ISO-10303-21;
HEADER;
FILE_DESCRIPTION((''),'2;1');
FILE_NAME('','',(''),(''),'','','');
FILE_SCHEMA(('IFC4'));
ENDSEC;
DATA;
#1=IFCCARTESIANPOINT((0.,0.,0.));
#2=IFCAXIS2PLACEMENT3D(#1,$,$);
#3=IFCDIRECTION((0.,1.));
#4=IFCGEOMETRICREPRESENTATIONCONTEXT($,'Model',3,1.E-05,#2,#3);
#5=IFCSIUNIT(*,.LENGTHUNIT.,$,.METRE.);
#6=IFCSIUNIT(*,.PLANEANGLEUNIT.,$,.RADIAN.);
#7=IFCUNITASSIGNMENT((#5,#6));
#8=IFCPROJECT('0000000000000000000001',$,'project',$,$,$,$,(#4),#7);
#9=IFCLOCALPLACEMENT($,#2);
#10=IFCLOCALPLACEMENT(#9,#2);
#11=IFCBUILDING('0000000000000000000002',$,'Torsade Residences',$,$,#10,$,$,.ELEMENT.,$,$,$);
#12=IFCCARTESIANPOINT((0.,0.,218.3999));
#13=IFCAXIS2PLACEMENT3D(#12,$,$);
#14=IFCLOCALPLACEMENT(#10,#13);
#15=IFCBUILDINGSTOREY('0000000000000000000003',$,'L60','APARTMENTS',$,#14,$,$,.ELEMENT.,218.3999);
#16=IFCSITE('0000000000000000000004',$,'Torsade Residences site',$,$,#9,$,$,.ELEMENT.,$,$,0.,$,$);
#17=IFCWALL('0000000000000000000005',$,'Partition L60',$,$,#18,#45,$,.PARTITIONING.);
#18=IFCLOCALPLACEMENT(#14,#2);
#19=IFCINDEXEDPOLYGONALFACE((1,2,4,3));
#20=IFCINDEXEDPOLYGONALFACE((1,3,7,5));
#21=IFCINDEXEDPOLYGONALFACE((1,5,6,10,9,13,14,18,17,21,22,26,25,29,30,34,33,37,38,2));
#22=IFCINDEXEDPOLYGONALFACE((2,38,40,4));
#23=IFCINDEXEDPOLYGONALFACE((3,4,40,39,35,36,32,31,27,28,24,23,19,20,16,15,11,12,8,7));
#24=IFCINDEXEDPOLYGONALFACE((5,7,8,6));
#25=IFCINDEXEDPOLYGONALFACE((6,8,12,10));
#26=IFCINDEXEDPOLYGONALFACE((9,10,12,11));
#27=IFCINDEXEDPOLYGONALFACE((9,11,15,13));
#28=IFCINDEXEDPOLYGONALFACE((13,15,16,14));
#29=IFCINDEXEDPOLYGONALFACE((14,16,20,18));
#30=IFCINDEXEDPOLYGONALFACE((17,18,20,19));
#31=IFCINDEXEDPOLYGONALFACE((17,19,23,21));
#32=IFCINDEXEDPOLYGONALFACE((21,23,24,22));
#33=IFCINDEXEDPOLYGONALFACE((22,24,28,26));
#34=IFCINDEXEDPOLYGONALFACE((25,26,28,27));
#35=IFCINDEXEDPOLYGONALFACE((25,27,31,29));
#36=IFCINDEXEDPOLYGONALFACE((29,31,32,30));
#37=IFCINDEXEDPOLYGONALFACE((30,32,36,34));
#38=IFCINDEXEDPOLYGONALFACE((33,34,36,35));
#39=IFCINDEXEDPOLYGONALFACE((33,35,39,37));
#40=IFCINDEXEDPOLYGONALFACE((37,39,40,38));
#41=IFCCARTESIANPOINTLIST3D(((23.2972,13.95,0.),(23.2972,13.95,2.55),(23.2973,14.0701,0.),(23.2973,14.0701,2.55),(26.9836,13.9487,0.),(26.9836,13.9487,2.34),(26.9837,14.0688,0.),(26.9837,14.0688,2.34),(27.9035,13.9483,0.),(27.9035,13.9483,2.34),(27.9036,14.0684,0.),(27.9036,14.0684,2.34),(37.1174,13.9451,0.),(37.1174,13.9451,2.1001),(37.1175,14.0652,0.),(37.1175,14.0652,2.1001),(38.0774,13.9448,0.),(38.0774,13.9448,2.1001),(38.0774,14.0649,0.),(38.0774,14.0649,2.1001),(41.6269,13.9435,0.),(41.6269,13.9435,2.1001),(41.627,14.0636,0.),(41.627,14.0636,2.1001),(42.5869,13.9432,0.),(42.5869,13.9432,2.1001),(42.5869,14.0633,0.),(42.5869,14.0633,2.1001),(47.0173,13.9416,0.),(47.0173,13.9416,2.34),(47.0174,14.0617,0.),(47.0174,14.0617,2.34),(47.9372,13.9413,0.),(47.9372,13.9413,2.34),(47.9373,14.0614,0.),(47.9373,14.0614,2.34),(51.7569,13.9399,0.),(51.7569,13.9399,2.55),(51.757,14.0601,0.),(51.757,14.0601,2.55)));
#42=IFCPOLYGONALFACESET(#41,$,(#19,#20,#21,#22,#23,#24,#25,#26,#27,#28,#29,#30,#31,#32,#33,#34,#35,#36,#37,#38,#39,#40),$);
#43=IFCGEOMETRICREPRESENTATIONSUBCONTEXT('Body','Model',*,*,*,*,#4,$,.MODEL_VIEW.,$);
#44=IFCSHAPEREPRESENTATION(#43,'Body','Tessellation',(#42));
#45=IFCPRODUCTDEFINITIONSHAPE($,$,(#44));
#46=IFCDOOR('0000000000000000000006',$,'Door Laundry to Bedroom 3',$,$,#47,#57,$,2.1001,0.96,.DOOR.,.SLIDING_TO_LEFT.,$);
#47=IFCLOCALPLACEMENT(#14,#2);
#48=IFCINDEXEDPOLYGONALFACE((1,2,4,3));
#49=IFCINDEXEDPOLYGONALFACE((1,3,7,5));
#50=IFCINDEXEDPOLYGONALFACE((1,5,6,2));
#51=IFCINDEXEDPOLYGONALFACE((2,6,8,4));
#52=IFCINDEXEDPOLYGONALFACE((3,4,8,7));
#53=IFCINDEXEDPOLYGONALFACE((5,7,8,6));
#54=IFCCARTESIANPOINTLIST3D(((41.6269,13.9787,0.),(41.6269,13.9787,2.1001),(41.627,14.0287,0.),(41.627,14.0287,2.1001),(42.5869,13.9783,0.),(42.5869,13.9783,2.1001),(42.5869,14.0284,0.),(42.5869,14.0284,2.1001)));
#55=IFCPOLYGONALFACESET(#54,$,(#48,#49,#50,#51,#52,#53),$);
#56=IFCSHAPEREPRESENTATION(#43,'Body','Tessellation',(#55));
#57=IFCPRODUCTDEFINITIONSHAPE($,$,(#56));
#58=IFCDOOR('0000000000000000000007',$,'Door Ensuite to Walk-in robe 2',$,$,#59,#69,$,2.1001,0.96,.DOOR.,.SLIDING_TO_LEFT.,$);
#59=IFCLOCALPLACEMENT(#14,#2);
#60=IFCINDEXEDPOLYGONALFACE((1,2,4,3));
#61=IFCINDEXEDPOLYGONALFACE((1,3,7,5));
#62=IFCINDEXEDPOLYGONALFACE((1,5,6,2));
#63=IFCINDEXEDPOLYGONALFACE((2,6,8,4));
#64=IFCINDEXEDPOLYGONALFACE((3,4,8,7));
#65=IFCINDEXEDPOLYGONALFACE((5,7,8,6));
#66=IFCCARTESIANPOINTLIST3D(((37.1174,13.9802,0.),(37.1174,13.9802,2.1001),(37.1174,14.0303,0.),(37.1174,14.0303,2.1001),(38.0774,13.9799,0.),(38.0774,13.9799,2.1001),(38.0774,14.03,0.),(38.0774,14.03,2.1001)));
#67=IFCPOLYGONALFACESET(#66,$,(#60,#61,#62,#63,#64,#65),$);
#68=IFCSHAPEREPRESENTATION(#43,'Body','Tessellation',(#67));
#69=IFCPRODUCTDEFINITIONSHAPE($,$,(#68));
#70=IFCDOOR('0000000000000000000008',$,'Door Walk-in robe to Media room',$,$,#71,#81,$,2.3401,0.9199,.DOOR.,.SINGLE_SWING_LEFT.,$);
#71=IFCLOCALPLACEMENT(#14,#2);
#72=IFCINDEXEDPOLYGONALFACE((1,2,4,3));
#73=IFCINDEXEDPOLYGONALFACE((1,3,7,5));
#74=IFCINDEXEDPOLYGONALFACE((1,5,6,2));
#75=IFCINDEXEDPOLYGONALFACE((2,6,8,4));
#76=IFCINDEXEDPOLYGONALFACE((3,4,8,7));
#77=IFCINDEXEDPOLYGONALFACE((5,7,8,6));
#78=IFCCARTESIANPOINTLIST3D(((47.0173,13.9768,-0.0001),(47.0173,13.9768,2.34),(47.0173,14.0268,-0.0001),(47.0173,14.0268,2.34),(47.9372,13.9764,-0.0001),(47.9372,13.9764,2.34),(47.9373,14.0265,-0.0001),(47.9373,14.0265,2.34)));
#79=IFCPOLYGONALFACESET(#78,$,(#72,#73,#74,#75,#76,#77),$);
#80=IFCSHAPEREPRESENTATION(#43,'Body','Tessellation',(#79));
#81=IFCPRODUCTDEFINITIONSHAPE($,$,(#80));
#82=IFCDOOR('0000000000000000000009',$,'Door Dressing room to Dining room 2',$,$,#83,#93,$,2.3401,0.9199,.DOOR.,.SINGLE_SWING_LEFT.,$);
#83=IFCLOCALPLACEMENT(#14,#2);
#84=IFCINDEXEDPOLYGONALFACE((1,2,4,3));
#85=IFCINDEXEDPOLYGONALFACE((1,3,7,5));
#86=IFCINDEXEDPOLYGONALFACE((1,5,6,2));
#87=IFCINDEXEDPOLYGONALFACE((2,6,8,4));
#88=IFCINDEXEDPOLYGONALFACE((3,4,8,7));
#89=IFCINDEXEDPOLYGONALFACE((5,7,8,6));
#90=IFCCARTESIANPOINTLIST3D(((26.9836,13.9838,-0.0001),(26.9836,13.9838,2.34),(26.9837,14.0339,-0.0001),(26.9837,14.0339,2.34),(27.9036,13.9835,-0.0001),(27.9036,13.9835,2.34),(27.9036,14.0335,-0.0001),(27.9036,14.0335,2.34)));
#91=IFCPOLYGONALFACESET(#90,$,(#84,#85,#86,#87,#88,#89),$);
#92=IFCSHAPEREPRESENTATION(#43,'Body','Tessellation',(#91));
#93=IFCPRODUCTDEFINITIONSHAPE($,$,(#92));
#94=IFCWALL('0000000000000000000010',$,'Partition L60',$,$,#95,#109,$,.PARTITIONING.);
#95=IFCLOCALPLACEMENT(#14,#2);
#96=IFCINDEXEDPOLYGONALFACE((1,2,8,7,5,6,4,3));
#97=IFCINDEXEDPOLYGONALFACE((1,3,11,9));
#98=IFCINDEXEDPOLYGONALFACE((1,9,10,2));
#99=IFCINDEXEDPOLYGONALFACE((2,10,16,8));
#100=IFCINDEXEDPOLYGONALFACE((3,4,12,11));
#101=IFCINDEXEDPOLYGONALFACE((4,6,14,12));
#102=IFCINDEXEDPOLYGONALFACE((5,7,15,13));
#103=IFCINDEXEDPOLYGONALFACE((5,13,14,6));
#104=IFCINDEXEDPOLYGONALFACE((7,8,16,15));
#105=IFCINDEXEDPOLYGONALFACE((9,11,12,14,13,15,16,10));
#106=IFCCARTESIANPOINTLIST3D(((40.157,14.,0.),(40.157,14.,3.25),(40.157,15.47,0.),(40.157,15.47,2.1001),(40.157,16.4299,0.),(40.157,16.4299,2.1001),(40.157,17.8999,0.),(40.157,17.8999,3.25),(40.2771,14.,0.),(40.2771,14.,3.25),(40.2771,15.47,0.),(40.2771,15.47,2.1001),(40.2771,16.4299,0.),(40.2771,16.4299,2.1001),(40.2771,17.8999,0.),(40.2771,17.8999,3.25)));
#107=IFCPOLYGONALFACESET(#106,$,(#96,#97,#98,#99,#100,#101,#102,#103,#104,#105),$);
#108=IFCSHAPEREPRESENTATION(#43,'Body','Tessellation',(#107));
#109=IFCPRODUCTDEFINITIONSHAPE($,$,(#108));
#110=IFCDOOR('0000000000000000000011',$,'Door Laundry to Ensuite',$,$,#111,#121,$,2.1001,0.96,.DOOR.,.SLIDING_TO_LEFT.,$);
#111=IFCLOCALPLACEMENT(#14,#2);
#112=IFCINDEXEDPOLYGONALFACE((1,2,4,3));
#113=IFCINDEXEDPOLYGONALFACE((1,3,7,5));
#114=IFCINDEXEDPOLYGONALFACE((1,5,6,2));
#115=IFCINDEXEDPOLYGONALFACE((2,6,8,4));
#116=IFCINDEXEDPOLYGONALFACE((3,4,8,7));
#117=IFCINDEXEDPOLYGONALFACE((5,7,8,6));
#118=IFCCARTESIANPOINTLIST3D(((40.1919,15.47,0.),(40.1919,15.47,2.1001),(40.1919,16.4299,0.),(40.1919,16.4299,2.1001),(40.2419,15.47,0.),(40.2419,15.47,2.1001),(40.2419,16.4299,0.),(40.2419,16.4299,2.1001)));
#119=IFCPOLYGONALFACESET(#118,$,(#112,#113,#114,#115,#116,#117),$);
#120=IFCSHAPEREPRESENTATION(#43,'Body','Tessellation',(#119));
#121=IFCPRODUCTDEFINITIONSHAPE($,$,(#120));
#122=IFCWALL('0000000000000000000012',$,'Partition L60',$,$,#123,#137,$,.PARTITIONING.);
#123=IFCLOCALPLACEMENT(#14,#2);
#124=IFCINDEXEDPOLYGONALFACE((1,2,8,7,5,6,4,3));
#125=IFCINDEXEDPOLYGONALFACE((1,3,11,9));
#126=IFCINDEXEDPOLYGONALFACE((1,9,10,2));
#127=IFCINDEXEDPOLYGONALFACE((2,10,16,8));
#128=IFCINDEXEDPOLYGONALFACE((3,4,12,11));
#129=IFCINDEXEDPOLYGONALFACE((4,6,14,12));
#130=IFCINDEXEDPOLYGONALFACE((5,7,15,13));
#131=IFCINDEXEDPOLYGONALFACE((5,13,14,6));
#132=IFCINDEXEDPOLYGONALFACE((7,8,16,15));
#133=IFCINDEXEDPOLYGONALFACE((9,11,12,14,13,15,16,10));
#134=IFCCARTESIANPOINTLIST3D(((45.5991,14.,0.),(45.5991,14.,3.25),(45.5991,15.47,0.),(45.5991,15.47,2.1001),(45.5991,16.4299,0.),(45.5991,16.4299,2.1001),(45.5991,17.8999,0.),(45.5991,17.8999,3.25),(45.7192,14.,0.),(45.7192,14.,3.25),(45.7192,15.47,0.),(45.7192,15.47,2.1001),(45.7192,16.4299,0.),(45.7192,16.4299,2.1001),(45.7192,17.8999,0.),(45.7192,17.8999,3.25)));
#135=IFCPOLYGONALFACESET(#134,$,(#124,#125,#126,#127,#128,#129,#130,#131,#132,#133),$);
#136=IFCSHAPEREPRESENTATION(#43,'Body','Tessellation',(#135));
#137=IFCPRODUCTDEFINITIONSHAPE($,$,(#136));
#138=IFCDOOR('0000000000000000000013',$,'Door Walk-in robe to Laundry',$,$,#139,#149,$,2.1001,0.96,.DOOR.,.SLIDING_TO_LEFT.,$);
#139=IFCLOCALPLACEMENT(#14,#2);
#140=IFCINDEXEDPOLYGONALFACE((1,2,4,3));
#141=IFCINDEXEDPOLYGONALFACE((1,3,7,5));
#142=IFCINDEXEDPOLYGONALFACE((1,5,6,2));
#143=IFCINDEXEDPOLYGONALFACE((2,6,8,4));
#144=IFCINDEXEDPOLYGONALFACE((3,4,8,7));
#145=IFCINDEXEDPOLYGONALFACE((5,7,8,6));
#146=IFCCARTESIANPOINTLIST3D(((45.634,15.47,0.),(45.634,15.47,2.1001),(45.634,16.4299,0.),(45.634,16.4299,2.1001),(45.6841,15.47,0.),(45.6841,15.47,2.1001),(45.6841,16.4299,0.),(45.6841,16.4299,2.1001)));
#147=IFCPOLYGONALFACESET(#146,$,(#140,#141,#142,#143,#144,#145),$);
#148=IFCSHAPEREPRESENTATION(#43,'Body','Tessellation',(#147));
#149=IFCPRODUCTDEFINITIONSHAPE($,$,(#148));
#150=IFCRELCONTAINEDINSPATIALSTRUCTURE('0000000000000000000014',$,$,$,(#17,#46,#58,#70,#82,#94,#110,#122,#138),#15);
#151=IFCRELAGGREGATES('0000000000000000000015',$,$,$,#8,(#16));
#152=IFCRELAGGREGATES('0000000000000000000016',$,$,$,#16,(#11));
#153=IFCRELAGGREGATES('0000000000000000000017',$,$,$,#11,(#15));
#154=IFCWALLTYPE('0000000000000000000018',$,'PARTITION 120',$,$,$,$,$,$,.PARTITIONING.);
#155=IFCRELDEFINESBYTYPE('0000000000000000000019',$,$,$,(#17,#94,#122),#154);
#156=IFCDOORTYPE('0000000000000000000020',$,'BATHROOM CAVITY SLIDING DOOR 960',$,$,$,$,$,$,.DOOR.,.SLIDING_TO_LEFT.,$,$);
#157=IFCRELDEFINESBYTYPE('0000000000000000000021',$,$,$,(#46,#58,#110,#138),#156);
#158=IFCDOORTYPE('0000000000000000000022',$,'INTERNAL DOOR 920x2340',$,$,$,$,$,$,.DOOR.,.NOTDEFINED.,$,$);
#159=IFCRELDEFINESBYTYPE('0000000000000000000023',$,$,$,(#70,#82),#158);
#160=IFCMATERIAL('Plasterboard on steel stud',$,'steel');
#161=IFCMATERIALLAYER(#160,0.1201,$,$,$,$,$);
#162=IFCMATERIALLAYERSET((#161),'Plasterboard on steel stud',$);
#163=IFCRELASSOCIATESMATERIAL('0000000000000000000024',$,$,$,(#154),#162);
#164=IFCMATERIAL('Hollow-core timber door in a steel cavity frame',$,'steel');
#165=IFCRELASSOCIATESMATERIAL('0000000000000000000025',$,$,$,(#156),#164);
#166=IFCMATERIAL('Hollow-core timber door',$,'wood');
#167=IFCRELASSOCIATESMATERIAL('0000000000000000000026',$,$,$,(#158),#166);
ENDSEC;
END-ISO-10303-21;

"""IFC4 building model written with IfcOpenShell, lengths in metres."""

from ifc_helpers import new_model, si_unit, direction, frame, frame_2d, origin, place, context, subcontext, project, spatial, rectangle, extrude, material, layer, layer_set, type_object, element, fill, save


model = new_model("IFC4")

# Units and contexts
model_context = context("Model", 3, precision=1e-05, world=origin(), true_north=direction((0.0, 1.0)))
body_context = subcontext(model_context, "Body", "Model", "MODEL_VIEW")
ifc_project = project(units=[si_unit("LENGTHUNIT", "METRE"), si_unit("PLANEANGLEUNIT", "RADIAN")], contexts=[model_context])

# Site, building, storey
site_placement = place(None, origin())
site = spatial("IfcSite", under=ifc_project, at=site_placement, Name="Torsade Residences site", CompositionType="ELEMENT", RefElevation=0.0)
building_placement = place(site_placement, origin())
building = spatial("IfcBuilding", under=site, at=building_placement, Name="Torsade Residences", CompositionType="ELEMENT")
storey_placement = place(building_placement, frame((0.0, 0.0, 218.3999)))
storey = spatial("IfcBuildingStorey", under=building, at=storey_placement, Name="L60", Description="APARTMENTS", CompositionType="ELEMENT", Elevation=218.3999)

# Wall, openings, doors
ifc_material_1 = material(Name="Plasterboard on steel stud", Category="steel")
ifc_layer_1 = layer(ifc_material_1, 0.1201)
ifc_layer_set_1 = layer_set([ifc_layer_1], Name="Plasterboard on steel stud")
wall_type_1 = type_object("IfcWallType", Name="PARTITION 120", PredefinedType="PARTITIONING", material=ifc_layer_set_1)
wall_1_placement = place(storey_placement, frame((51.7571, 14.0, 0.0), z_axis=(0.0, 0.0, 1.0), x_axis=(-1.0, 0.000352, 0.0)))
wall_1 = element("IfcWall", 1, at=wall_1_placement, inside=storey, type_object=wall_type_1, Name="Partition L60", PredefinedType="PARTITIONING", context=body_context, shape_type="SweptSolid", body=[
    extrude(rectangle(XDim=28.4597, YDim=0.1201, at=frame_2d((14.23, 0.0))), origin(), (0.0, 0.0, 1.0), 2.55),
])
opening_1_placement = place(wall_1_placement, frame((3.8198, 0.0, 0.0)))
opening_1 = element("IfcOpeningElement", 2, at=opening_1_placement, cuts=wall_1, PredefinedType="OPENING", context=body_context, shape_type="SweptSolid", body=[
    extrude(rectangle(XDim=0.9199, YDim=2.3401, at=frame_2d((0.46, 1.1699))), frame((0.0, 0.0701, 0.0), z_axis=(0.0, -1.0, 0.0), x_axis=(1.0, 0.0, 0.0)), (0.0, 0.0, 1.0), 0.1401),
])
opening_2_placement = place(wall_1_placement, frame((9.1702, 0.0, 0.0)))
opening_2 = element("IfcOpeningElement", 3, at=opening_2_placement, cuts=wall_1, PredefinedType="OPENING", context=body_context, shape_type="SweptSolid", body=[
    extrude(rectangle(XDim=0.96, YDim=2.1001, at=frame_2d((0.48, 1.05))), frame((0.0, 0.0701, 0.0), z_axis=(0.0, -1.0, 0.0), x_axis=(1.0, 0.0, 0.0)), (0.0, 0.0, 1.0), 0.1401),
])
opening_3_placement = place(wall_1_placement, frame((13.6797, 0.0, 0.0)))
opening_3 = element("IfcOpeningElement", 4, at=opening_3_placement, cuts=wall_1, PredefinedType="OPENING", context=body_context, shape_type="SweptSolid", body=[
    extrude(rectangle(XDim=0.96, YDim=2.1001, at=frame_2d((0.48, 1.05))), frame((0.0, 0.0701, 0.0), z_axis=(0.0, -1.0, 0.0), x_axis=(1.0, 0.0, 0.0)), (0.0, 0.0, 1.0), 0.1401),
])
opening_4_placement = place(wall_1_placement, frame((23.8535, 0.0, 0.0)))
opening_4 = element("IfcOpeningElement", 5, at=opening_4_placement, cuts=wall_1, PredefinedType="OPENING", context=body_context, shape_type="SweptSolid", body=[
    extrude(rectangle(XDim=0.9199, YDim=2.3401, at=frame_2d((0.46, 1.1699))), frame((0.0, 0.0701, 0.0), z_axis=(0.0, -1.0, 0.0), x_axis=(1.0, 0.0, 0.0)), (0.0, 0.0, 1.0), 0.1401),
])
ifc_material_2 = material(Name="Hollow-core timber door in a steel cavity frame", Category="steel")
door_type_1 = type_object("IfcDoorType", Name="BATHROOM CAVITY SLIDING DOOR 960", OperationType="SLIDING_TO_LEFT", PredefinedType="DOOR", material=ifc_material_2)
door_1_placement = place(opening_2_placement, origin())
door_1 = element("IfcDoor", 6, at=door_1_placement, inside=storey, type_object=door_type_1, Name="Door Laundry to Bedroom 3", OperationType="SLIDING_TO_LEFT", OverallHeight=2.1001, OverallWidth=0.96, PredefinedType="DOOR", context=body_context, shape_type="SweptSolid", body=[
    extrude(rectangle(XDim=0.96, YDim=2.1001, at=frame_2d((0.48, 1.05))), frame((0.0, 0.0249, 0.0), z_axis=(0.0, -1.0, 0.0), x_axis=(1.0, 0.0, 0.0)), (0.0, 0.0, 1.0), 0.05),
])
fill(opening_2, door_1)
door_2_placement = place(opening_3_placement, origin())
door_2 = element("IfcDoor", 7, at=door_2_placement, inside=storey, type_object=door_type_1, Name="Door Ensuite to Walk-in robe 2", OperationType="SLIDING_TO_LEFT", OverallHeight=2.1001, OverallWidth=0.96, PredefinedType="DOOR", context=body_context, shape_type="SweptSolid", body=[
    extrude(rectangle(XDim=0.96, YDim=2.1001, at=frame_2d((0.48, 1.05))), frame((0.0, 0.0249, 0.0), z_axis=(0.0, -1.0, 0.0), x_axis=(1.0, 0.0, 0.0)), (0.0, 0.0, 1.0), 0.05),
])
fill(opening_3, door_2)
ifc_material_3 = material(Name="Hollow-core timber door", Category="wood")
door_type_2 = type_object("IfcDoorType", Name="INTERNAL DOOR 920x2340", OperationType="NOTDEFINED", PredefinedType="DOOR", material=ifc_material_3)
door_3_placement = place(opening_1_placement, origin())
door_3 = element("IfcDoor", 8, at=door_3_placement, inside=storey, type_object=door_type_2, Name="Door Walk-in robe to Media room", OperationType="SINGLE_SWING_LEFT", OverallHeight=2.3401, OverallWidth=0.9199, PredefinedType="DOOR", context=body_context, shape_type="SweptSolid", body=[
    extrude(rectangle(XDim=0.9199, YDim=2.3401, at=frame_2d((0.46, 1.1699))), frame((0.0, 0.0249, 0.0), z_axis=(0.0, -1.0, 0.0), x_axis=(1.0, 0.0, 0.0)), (0.0, 0.0, 1.0), 0.05),
])
fill(opening_1, door_3)
door_4_placement = place(opening_4_placement, origin())
door_4 = element("IfcDoor", 9, at=door_4_placement, inside=storey, type_object=door_type_2, Name="Door Dressing room to Dining room 2", OperationType="SINGLE_SWING_LEFT", OverallHeight=2.3401, OverallWidth=0.9199, PredefinedType="DOOR", context=body_context, shape_type="SweptSolid", body=[
    extrude(rectangle(XDim=0.9199, YDim=2.3401, at=frame_2d((0.46, 1.1699))), frame((0.0, 0.0249, 0.0), z_axis=(0.0, -1.0, 0.0), x_axis=(1.0, 0.0, 0.0)), (0.0, 0.0, 1.0), 0.05),
])
fill(opening_4, door_4)

# Walls, openings, doors
wall_2_placement = place(storey_placement, frame((40.217, 17.8999, 0.0), z_axis=(0.0, 0.0, 1.0), x_axis=(0.0, -1.0, 0.0)))
wall_2 = element("IfcWall", 10, at=wall_2_placement, inside=storey, type_object=wall_type_1, Name="Partition L60", PredefinedType="PARTITIONING", context=body_context, shape_type="SweptSolid", body=[
    extrude(rectangle(XDim=3.8999, YDim=0.1201, at=frame_2d((1.95, 0.0))), origin(), (0.0, 0.0, 1.0), 3.25),
])
opening_5_placement = place(wall_2_placement, frame((1.47, 0.0, 0.0)))
opening_5 = element("IfcOpeningElement", 11, at=opening_5_placement, cuts=wall_2, PredefinedType="OPENING", context=body_context, shape_type="SweptSolid", body=[
    extrude(rectangle(XDim=0.96, YDim=2.1001, at=frame_2d((0.48, 1.05))), frame((0.0, 0.0701, 0.0), z_axis=(0.0, -1.0, 0.0), x_axis=(1.0, 0.0, 0.0)), (0.0, 0.0, 1.0), 0.1401),
])
door_5_placement = place(opening_5_placement, origin())
door_5 = element("IfcDoor", 12, at=door_5_placement, inside=storey, type_object=door_type_1, Name="Door Laundry to Ensuite", OperationType="SLIDING_TO_LEFT", OverallHeight=2.1001, OverallWidth=0.96, PredefinedType="DOOR", context=body_context, shape_type="SweptSolid", body=[
    extrude(rectangle(XDim=0.96, YDim=2.1001, at=frame_2d((0.48, 1.05))), frame((0.0, 0.0249, 0.0), z_axis=(0.0, -1.0, 0.0), x_axis=(1.0, 0.0, 0.0)), (0.0, 0.0, 1.0), 0.05),
])
fill(opening_5, door_5)
wall_3_placement = place(storey_placement, frame((45.6592, 17.8999, 0.0), z_axis=(0.0, 0.0, 1.0), x_axis=(0.0, -1.0, 0.0)))
wall_3 = element("IfcWall", 13, at=wall_3_placement, inside=storey, type_object=wall_type_1, Name="Partition L60", PredefinedType="PARTITIONING", context=body_context, shape_type="SweptSolid", body=[
    extrude(rectangle(XDim=3.8999, YDim=0.1201, at=frame_2d((1.95, 0.0))), origin(), (0.0, 0.0, 1.0), 3.25),
])
opening_6_placement = place(wall_3_placement, frame((1.47, 0.0, 0.0)))
opening_6 = element("IfcOpeningElement", 14, at=opening_6_placement, cuts=wall_3, PredefinedType="OPENING", context=body_context, shape_type="SweptSolid", body=[
    extrude(rectangle(XDim=0.96, YDim=2.1001, at=frame_2d((0.48, 1.05))), frame((0.0, 0.0701, 0.0), z_axis=(0.0, -1.0, 0.0), x_axis=(1.0, 0.0, 0.0)), (0.0, 0.0, 1.0), 0.1401),
])
door_6_placement = place(opening_6_placement, origin())
door_6 = element("IfcDoor", 15, at=door_6_placement, inside=storey, type_object=door_type_1, Name="Door Walk-in robe to Laundry", OperationType="SLIDING_TO_LEFT", OverallHeight=2.1001, OverallWidth=0.96, PredefinedType="DOOR", context=body_context, shape_type="SweptSolid", body=[
    extrude(rectangle(XDim=0.96, YDim=2.1001, at=frame_2d((0.48, 1.05))), frame((0.0, 0.0249, 0.0), z_axis=(0.0, -1.0, 0.0), x_axis=(1.0, 0.0, 0.0)), (0.0, 0.0, 1.0), 0.05),
])
fill(opening_6, door_6)

save(model, "model.ifc")
